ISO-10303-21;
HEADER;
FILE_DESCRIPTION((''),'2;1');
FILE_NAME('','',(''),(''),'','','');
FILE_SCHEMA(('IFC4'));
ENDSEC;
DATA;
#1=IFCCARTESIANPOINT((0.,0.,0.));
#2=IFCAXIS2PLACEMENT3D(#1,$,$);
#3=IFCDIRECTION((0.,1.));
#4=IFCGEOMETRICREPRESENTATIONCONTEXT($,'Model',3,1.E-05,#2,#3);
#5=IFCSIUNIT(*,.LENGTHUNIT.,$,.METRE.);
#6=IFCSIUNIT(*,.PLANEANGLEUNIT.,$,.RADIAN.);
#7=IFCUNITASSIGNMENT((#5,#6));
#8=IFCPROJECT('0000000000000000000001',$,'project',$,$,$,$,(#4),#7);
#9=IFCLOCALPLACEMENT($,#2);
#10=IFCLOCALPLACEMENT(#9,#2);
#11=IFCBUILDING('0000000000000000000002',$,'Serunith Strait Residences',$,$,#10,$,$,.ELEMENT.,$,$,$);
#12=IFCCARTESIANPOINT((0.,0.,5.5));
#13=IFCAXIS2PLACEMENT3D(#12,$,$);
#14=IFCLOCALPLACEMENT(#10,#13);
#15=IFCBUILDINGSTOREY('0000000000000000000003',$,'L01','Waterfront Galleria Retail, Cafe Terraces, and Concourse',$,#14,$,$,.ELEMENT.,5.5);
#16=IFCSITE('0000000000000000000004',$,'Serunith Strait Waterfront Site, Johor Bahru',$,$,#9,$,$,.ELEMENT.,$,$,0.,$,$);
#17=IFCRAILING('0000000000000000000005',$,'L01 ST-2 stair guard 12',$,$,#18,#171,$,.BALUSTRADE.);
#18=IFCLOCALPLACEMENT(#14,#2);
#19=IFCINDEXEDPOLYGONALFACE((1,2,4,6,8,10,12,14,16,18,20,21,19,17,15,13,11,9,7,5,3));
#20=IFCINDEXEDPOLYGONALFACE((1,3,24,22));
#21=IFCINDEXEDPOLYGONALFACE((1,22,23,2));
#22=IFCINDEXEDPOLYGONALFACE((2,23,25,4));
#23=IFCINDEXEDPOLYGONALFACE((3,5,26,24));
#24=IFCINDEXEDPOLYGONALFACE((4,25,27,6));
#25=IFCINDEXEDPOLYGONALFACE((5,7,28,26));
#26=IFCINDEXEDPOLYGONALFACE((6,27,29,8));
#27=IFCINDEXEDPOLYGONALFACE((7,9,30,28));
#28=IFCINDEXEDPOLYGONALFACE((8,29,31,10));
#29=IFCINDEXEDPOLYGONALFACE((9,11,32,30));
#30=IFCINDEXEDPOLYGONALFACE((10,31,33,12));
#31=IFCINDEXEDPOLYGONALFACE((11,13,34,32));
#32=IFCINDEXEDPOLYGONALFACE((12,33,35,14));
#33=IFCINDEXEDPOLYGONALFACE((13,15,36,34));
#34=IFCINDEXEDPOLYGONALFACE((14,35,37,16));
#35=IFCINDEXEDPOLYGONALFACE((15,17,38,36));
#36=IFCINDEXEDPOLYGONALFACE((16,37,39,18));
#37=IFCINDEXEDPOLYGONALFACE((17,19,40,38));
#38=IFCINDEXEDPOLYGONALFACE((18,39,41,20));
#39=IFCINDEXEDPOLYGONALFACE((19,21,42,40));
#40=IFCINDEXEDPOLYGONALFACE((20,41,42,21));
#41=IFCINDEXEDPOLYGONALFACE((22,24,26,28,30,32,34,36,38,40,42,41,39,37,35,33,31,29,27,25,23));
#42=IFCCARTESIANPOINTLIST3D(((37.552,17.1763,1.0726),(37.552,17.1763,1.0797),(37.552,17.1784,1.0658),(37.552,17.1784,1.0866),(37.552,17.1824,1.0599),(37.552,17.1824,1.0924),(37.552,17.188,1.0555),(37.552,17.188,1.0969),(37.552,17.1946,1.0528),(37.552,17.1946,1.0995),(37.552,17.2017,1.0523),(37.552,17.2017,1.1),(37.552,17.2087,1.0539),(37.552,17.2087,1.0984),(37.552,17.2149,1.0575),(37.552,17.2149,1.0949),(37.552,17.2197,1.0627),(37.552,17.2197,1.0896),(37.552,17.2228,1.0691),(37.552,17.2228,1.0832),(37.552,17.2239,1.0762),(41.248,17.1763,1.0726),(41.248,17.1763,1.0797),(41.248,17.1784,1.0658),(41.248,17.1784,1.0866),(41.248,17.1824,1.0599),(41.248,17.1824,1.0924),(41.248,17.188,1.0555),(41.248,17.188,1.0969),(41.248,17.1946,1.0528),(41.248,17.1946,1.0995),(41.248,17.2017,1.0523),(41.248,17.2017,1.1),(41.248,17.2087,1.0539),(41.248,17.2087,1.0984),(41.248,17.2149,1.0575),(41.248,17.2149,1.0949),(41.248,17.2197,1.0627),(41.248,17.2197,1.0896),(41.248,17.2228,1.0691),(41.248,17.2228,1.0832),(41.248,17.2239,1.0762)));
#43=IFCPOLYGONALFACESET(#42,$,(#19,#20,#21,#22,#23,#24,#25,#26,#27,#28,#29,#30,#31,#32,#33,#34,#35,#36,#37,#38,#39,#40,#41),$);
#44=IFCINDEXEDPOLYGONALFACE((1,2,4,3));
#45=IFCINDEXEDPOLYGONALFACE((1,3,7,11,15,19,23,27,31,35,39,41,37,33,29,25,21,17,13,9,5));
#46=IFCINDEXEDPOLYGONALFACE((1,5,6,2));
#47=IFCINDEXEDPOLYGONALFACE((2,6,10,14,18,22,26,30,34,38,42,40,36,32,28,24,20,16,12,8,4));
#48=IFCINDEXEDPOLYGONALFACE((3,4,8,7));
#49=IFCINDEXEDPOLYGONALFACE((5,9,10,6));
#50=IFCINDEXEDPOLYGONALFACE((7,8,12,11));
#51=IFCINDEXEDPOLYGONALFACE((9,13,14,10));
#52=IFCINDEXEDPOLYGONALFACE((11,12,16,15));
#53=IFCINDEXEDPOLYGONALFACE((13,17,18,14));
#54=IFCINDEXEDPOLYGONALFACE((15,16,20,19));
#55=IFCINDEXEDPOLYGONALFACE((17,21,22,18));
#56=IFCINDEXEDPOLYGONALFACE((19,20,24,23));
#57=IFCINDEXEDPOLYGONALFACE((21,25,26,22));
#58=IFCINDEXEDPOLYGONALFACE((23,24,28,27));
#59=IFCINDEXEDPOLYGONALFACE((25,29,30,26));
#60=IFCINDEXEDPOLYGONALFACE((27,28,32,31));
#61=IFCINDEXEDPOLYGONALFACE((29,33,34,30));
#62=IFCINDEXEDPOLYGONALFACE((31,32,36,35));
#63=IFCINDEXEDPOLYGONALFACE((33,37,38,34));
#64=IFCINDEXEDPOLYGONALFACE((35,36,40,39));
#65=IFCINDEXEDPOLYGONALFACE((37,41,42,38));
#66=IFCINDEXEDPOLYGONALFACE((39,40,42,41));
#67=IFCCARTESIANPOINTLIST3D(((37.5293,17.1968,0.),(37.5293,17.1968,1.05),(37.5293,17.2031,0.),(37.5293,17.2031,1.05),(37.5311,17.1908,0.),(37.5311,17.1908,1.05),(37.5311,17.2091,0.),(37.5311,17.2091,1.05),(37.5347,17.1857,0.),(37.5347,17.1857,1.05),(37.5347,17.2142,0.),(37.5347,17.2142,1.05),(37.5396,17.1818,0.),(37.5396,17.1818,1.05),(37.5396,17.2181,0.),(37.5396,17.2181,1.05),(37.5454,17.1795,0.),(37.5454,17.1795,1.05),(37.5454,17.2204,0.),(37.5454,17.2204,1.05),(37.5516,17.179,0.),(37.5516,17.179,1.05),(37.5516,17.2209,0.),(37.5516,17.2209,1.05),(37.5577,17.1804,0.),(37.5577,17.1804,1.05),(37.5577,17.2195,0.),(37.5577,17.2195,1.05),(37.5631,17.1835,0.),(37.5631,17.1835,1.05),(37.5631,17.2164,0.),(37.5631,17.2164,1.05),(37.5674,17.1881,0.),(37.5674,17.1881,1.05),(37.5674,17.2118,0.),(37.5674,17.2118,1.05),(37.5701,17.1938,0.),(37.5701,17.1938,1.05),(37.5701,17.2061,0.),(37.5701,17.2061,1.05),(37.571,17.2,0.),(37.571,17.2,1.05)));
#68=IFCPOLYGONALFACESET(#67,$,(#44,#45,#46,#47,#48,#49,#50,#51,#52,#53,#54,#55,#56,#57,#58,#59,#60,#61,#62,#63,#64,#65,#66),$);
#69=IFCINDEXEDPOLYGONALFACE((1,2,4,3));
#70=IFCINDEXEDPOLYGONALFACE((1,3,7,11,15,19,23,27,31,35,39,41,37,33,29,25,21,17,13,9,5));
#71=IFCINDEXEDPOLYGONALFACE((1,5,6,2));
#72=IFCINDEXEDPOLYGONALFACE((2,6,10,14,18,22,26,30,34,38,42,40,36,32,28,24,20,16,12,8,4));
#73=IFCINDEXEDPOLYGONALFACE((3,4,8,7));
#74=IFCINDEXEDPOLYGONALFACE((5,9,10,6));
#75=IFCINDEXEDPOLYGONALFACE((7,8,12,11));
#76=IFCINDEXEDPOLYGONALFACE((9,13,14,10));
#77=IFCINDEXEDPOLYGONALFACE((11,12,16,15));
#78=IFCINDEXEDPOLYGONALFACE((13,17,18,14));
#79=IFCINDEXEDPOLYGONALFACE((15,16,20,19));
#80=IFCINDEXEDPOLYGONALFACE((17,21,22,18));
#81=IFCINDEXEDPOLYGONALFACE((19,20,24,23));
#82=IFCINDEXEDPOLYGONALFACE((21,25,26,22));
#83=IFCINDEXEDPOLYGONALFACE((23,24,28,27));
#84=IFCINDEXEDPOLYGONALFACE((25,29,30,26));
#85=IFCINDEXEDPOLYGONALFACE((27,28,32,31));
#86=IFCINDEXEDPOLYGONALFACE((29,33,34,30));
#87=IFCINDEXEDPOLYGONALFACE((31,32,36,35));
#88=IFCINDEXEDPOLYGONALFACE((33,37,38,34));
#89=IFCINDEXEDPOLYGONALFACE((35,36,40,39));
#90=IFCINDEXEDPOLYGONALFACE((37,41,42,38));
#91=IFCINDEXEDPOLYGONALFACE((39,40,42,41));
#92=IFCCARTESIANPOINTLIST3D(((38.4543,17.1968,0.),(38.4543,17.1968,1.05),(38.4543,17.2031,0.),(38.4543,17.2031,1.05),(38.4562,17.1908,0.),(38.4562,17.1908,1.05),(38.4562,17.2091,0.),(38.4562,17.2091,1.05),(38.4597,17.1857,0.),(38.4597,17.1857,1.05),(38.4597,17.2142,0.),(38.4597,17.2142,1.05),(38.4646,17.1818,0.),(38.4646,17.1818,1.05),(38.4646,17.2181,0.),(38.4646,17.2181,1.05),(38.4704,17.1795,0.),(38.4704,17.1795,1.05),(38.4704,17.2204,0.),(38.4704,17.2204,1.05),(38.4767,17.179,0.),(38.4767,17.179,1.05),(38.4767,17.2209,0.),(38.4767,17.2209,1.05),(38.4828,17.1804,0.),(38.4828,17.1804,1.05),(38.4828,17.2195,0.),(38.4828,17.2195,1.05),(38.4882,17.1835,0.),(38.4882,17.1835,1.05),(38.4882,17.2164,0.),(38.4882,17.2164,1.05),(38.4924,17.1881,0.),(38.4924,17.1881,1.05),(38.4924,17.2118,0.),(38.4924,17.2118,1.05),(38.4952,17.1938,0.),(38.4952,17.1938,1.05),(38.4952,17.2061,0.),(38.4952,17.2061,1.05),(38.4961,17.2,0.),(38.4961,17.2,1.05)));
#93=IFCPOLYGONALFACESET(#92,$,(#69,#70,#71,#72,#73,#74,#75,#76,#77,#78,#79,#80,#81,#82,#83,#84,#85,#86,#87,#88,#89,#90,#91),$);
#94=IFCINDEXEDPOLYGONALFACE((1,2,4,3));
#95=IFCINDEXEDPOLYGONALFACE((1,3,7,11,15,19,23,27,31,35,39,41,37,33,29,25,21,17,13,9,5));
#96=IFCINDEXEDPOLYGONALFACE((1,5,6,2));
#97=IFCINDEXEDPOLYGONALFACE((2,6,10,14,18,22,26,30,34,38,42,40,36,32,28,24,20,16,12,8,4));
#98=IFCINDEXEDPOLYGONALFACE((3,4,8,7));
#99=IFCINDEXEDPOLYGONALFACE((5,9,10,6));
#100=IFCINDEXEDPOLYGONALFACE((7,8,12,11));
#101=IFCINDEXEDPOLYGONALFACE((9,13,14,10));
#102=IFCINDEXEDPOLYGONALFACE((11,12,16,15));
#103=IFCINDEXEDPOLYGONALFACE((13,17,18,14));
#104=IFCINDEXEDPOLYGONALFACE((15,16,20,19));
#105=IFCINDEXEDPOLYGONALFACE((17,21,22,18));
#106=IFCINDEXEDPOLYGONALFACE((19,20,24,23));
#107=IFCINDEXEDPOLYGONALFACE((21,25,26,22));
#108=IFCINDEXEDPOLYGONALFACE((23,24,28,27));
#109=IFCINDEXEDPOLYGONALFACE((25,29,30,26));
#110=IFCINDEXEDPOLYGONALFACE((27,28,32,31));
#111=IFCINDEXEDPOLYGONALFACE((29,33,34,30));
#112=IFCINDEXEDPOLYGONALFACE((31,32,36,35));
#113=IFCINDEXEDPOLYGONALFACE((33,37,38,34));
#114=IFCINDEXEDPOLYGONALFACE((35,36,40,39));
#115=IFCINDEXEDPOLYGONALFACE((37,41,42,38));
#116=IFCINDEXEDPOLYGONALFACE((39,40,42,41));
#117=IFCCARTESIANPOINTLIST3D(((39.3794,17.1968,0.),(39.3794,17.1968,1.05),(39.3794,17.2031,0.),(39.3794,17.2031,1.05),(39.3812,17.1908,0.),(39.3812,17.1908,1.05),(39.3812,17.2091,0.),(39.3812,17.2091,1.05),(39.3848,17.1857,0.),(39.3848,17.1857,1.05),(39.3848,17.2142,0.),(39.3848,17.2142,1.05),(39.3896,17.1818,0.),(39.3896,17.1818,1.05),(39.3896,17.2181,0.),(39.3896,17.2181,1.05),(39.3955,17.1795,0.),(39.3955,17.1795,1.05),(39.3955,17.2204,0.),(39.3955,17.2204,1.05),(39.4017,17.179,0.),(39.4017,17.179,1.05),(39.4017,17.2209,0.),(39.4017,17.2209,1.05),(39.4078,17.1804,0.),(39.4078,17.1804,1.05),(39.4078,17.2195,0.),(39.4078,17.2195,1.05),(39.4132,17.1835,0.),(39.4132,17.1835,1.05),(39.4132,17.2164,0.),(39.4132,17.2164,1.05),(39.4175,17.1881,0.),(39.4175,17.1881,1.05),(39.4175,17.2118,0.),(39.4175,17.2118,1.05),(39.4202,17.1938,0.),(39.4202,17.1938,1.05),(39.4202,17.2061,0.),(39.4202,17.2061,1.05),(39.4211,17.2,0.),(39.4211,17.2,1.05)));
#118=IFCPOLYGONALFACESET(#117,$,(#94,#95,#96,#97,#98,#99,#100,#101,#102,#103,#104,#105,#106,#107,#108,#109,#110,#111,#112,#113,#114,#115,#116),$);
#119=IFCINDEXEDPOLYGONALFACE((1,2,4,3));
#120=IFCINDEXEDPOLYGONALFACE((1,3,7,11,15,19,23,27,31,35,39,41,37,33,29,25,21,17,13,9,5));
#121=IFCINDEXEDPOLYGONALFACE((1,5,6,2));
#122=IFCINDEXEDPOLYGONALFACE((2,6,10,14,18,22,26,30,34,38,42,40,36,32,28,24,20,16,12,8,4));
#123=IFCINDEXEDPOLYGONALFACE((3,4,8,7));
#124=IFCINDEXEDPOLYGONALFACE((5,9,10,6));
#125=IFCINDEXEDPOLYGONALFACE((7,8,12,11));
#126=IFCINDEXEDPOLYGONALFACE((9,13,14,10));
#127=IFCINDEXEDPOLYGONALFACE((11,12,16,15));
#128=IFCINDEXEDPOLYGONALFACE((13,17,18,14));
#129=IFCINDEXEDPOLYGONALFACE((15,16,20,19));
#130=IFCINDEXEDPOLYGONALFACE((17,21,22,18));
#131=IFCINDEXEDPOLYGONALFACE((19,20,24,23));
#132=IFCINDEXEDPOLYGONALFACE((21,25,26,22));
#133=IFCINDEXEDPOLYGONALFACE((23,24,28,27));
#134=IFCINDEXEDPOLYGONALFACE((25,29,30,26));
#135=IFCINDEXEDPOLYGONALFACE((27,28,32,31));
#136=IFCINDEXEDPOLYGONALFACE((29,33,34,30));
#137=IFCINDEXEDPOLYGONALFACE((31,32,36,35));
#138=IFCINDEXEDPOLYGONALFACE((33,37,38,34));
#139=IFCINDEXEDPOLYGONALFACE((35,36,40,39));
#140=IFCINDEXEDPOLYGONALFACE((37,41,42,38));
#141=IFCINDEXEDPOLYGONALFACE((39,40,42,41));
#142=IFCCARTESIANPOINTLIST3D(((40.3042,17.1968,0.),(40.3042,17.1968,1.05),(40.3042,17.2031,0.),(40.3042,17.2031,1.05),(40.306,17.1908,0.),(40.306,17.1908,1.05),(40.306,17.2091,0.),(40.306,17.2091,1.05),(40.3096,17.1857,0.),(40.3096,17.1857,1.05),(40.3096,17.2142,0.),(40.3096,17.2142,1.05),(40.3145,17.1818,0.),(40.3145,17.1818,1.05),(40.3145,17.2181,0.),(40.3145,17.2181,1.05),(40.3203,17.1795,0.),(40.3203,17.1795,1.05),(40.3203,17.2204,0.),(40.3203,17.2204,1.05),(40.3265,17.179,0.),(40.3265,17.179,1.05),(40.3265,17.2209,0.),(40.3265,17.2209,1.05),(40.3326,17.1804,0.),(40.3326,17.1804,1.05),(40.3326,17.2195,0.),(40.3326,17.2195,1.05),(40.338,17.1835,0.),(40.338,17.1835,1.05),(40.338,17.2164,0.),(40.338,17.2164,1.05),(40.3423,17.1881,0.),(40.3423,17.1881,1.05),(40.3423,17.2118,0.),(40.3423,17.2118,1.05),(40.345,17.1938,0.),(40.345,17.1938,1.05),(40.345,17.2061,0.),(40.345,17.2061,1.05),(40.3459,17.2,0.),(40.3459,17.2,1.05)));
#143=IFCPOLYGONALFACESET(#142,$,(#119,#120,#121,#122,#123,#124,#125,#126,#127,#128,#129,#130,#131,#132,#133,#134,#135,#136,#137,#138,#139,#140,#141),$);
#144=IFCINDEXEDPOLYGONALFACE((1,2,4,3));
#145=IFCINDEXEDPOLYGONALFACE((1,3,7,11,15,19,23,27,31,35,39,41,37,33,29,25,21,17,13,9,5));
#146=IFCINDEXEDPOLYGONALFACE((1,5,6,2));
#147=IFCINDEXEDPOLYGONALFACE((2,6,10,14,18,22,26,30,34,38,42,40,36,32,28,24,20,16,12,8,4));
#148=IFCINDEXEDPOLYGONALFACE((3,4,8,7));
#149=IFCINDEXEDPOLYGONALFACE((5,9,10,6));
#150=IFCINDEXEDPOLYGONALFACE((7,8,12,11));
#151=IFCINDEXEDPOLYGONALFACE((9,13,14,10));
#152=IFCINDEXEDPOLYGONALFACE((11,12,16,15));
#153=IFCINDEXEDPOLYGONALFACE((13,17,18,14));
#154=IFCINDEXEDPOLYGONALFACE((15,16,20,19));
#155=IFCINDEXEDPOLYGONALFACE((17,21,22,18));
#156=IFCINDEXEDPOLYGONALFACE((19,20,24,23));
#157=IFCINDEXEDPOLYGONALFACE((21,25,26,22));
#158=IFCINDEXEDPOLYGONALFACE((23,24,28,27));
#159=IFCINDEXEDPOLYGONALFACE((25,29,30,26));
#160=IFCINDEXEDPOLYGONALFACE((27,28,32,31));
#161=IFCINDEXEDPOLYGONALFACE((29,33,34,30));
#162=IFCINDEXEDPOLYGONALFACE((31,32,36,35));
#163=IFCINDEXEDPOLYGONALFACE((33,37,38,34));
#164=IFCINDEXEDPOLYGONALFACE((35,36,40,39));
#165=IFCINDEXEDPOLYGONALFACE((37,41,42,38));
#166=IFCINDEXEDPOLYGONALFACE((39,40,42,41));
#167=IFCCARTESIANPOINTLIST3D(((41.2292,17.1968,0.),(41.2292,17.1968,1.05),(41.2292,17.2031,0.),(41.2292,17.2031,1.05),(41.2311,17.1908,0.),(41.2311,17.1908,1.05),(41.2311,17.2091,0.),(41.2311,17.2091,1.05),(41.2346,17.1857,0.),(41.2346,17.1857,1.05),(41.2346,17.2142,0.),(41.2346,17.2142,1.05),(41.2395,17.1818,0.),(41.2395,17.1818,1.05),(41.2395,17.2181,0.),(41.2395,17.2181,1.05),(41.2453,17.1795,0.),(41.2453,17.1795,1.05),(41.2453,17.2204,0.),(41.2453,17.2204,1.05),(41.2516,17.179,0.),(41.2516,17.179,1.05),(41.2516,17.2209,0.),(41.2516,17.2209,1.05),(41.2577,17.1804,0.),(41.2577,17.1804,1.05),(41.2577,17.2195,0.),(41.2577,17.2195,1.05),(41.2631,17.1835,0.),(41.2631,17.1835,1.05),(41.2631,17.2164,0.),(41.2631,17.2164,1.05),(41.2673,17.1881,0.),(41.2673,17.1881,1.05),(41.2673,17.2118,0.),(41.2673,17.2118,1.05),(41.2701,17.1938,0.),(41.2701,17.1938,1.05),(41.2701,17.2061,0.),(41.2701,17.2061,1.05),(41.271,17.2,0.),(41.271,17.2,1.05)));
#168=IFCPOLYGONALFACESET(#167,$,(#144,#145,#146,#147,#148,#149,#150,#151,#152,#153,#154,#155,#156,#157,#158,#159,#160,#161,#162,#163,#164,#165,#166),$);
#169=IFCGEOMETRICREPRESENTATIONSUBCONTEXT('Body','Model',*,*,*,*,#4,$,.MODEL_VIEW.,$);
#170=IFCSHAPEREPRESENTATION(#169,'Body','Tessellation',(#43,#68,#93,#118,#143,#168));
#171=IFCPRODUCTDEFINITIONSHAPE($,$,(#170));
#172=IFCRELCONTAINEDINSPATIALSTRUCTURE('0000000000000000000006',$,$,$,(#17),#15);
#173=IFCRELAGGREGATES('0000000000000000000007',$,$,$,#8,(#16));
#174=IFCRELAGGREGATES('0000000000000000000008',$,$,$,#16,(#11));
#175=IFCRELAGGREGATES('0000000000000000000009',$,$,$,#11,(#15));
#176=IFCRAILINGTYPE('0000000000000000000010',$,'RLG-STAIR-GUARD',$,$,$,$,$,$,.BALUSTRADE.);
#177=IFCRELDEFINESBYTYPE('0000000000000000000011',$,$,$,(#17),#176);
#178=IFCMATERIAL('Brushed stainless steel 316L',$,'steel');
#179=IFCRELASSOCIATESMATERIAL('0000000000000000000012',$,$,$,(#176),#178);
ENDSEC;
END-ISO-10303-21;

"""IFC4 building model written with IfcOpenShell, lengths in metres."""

from ifc_helpers import new_model, si_unit, direction, frame, origin, origin_2d, place, context, subcontext, project, spatial, circle, extrude, material, type_object, element, save


model = new_model("IFC4")

# Units and contexts
model_context = context("Model", 3, precision=1e-05, world=origin(), true_north=direction((0.0, 1.0)))
body_context = subcontext(model_context, "Body", "Model", "MODEL_VIEW")
ifc_project = project(units=[si_unit("LENGTHUNIT", "METRE"), si_unit("PLANEANGLEUNIT", "RADIAN")], contexts=[model_context])

# Site, building, storey
site_placement = place(None, origin())
site = spatial("IfcSite", under=ifc_project, at=site_placement, Name="Serunith Strait Waterfront Site, Johor Bahru", CompositionType="ELEMENT", RefElevation=0.0)
building_placement = place(site_placement, origin())
building = spatial("IfcBuilding", under=site, at=building_placement, Name="Serunith Strait Residences", CompositionType="ELEMENT")
storey_placement = place(building_placement, frame((0.0, 0.0, 5.5)))
storey = spatial("IfcBuildingStorey", under=building, at=storey_placement, Name="L01", Description="Waterfront Galleria Retail, Cafe Terraces, and Concourse", CompositionType="ELEMENT", Elevation=5.5)

# Railing
ifc_material_1 = material(Name="Brushed stainless steel 316L", Category="steel")
railing_type = type_object("IfcRailingType", Name="RLG-STAIR-GUARD", PredefinedType="BALUSTRADE", material=ifc_material_1)
railing_1_placement = place(storey_placement, frame((37.55, 17.2, 0.0)))
element("IfcRailing", 1, at=railing_1_placement, inside=storey, type_object=railing_type, Name="L01 ST-2 stair guard 12", PredefinedType="BALUSTRADE", context=body_context, shape_type="SweptSolid", body=[
    extrude(circle(Radius=0.0239, at=origin_2d()), frame((0.002, 0.0, 1.0762), z_axis=(1.0, 0.0, 0.0), x_axis=(0.0, 1.0, 0.0)), (0.0, 0.0, 1.0), 3.696),
    extrude(circle(Radius=0.021, at=origin_2d()), origin(), (0.0, 0.0, 1.0), 1.05),
    extrude(circle(Radius=0.021, at=origin_2d()), frame((0.925, 0.0, 0.0)), (0.0, 0.0, 1.0), 1.05),
    extrude(circle(Radius=0.021, at=origin_2d()), frame((1.8501, 0.0, 0.0)), (0.0, 0.0, 1.0), 1.05),
    extrude(circle(Radius=0.021, at=origin_2d()), frame((2.7749, 0.0, 0.0)), (0.0, 0.0, 1.0), 1.05),
    extrude(circle(Radius=0.021, at=origin_2d()), frame((3.7, 0.0, 0.0)), (0.0, 0.0, 1.0), 1.05),
])

save(model, "model.ifc")
